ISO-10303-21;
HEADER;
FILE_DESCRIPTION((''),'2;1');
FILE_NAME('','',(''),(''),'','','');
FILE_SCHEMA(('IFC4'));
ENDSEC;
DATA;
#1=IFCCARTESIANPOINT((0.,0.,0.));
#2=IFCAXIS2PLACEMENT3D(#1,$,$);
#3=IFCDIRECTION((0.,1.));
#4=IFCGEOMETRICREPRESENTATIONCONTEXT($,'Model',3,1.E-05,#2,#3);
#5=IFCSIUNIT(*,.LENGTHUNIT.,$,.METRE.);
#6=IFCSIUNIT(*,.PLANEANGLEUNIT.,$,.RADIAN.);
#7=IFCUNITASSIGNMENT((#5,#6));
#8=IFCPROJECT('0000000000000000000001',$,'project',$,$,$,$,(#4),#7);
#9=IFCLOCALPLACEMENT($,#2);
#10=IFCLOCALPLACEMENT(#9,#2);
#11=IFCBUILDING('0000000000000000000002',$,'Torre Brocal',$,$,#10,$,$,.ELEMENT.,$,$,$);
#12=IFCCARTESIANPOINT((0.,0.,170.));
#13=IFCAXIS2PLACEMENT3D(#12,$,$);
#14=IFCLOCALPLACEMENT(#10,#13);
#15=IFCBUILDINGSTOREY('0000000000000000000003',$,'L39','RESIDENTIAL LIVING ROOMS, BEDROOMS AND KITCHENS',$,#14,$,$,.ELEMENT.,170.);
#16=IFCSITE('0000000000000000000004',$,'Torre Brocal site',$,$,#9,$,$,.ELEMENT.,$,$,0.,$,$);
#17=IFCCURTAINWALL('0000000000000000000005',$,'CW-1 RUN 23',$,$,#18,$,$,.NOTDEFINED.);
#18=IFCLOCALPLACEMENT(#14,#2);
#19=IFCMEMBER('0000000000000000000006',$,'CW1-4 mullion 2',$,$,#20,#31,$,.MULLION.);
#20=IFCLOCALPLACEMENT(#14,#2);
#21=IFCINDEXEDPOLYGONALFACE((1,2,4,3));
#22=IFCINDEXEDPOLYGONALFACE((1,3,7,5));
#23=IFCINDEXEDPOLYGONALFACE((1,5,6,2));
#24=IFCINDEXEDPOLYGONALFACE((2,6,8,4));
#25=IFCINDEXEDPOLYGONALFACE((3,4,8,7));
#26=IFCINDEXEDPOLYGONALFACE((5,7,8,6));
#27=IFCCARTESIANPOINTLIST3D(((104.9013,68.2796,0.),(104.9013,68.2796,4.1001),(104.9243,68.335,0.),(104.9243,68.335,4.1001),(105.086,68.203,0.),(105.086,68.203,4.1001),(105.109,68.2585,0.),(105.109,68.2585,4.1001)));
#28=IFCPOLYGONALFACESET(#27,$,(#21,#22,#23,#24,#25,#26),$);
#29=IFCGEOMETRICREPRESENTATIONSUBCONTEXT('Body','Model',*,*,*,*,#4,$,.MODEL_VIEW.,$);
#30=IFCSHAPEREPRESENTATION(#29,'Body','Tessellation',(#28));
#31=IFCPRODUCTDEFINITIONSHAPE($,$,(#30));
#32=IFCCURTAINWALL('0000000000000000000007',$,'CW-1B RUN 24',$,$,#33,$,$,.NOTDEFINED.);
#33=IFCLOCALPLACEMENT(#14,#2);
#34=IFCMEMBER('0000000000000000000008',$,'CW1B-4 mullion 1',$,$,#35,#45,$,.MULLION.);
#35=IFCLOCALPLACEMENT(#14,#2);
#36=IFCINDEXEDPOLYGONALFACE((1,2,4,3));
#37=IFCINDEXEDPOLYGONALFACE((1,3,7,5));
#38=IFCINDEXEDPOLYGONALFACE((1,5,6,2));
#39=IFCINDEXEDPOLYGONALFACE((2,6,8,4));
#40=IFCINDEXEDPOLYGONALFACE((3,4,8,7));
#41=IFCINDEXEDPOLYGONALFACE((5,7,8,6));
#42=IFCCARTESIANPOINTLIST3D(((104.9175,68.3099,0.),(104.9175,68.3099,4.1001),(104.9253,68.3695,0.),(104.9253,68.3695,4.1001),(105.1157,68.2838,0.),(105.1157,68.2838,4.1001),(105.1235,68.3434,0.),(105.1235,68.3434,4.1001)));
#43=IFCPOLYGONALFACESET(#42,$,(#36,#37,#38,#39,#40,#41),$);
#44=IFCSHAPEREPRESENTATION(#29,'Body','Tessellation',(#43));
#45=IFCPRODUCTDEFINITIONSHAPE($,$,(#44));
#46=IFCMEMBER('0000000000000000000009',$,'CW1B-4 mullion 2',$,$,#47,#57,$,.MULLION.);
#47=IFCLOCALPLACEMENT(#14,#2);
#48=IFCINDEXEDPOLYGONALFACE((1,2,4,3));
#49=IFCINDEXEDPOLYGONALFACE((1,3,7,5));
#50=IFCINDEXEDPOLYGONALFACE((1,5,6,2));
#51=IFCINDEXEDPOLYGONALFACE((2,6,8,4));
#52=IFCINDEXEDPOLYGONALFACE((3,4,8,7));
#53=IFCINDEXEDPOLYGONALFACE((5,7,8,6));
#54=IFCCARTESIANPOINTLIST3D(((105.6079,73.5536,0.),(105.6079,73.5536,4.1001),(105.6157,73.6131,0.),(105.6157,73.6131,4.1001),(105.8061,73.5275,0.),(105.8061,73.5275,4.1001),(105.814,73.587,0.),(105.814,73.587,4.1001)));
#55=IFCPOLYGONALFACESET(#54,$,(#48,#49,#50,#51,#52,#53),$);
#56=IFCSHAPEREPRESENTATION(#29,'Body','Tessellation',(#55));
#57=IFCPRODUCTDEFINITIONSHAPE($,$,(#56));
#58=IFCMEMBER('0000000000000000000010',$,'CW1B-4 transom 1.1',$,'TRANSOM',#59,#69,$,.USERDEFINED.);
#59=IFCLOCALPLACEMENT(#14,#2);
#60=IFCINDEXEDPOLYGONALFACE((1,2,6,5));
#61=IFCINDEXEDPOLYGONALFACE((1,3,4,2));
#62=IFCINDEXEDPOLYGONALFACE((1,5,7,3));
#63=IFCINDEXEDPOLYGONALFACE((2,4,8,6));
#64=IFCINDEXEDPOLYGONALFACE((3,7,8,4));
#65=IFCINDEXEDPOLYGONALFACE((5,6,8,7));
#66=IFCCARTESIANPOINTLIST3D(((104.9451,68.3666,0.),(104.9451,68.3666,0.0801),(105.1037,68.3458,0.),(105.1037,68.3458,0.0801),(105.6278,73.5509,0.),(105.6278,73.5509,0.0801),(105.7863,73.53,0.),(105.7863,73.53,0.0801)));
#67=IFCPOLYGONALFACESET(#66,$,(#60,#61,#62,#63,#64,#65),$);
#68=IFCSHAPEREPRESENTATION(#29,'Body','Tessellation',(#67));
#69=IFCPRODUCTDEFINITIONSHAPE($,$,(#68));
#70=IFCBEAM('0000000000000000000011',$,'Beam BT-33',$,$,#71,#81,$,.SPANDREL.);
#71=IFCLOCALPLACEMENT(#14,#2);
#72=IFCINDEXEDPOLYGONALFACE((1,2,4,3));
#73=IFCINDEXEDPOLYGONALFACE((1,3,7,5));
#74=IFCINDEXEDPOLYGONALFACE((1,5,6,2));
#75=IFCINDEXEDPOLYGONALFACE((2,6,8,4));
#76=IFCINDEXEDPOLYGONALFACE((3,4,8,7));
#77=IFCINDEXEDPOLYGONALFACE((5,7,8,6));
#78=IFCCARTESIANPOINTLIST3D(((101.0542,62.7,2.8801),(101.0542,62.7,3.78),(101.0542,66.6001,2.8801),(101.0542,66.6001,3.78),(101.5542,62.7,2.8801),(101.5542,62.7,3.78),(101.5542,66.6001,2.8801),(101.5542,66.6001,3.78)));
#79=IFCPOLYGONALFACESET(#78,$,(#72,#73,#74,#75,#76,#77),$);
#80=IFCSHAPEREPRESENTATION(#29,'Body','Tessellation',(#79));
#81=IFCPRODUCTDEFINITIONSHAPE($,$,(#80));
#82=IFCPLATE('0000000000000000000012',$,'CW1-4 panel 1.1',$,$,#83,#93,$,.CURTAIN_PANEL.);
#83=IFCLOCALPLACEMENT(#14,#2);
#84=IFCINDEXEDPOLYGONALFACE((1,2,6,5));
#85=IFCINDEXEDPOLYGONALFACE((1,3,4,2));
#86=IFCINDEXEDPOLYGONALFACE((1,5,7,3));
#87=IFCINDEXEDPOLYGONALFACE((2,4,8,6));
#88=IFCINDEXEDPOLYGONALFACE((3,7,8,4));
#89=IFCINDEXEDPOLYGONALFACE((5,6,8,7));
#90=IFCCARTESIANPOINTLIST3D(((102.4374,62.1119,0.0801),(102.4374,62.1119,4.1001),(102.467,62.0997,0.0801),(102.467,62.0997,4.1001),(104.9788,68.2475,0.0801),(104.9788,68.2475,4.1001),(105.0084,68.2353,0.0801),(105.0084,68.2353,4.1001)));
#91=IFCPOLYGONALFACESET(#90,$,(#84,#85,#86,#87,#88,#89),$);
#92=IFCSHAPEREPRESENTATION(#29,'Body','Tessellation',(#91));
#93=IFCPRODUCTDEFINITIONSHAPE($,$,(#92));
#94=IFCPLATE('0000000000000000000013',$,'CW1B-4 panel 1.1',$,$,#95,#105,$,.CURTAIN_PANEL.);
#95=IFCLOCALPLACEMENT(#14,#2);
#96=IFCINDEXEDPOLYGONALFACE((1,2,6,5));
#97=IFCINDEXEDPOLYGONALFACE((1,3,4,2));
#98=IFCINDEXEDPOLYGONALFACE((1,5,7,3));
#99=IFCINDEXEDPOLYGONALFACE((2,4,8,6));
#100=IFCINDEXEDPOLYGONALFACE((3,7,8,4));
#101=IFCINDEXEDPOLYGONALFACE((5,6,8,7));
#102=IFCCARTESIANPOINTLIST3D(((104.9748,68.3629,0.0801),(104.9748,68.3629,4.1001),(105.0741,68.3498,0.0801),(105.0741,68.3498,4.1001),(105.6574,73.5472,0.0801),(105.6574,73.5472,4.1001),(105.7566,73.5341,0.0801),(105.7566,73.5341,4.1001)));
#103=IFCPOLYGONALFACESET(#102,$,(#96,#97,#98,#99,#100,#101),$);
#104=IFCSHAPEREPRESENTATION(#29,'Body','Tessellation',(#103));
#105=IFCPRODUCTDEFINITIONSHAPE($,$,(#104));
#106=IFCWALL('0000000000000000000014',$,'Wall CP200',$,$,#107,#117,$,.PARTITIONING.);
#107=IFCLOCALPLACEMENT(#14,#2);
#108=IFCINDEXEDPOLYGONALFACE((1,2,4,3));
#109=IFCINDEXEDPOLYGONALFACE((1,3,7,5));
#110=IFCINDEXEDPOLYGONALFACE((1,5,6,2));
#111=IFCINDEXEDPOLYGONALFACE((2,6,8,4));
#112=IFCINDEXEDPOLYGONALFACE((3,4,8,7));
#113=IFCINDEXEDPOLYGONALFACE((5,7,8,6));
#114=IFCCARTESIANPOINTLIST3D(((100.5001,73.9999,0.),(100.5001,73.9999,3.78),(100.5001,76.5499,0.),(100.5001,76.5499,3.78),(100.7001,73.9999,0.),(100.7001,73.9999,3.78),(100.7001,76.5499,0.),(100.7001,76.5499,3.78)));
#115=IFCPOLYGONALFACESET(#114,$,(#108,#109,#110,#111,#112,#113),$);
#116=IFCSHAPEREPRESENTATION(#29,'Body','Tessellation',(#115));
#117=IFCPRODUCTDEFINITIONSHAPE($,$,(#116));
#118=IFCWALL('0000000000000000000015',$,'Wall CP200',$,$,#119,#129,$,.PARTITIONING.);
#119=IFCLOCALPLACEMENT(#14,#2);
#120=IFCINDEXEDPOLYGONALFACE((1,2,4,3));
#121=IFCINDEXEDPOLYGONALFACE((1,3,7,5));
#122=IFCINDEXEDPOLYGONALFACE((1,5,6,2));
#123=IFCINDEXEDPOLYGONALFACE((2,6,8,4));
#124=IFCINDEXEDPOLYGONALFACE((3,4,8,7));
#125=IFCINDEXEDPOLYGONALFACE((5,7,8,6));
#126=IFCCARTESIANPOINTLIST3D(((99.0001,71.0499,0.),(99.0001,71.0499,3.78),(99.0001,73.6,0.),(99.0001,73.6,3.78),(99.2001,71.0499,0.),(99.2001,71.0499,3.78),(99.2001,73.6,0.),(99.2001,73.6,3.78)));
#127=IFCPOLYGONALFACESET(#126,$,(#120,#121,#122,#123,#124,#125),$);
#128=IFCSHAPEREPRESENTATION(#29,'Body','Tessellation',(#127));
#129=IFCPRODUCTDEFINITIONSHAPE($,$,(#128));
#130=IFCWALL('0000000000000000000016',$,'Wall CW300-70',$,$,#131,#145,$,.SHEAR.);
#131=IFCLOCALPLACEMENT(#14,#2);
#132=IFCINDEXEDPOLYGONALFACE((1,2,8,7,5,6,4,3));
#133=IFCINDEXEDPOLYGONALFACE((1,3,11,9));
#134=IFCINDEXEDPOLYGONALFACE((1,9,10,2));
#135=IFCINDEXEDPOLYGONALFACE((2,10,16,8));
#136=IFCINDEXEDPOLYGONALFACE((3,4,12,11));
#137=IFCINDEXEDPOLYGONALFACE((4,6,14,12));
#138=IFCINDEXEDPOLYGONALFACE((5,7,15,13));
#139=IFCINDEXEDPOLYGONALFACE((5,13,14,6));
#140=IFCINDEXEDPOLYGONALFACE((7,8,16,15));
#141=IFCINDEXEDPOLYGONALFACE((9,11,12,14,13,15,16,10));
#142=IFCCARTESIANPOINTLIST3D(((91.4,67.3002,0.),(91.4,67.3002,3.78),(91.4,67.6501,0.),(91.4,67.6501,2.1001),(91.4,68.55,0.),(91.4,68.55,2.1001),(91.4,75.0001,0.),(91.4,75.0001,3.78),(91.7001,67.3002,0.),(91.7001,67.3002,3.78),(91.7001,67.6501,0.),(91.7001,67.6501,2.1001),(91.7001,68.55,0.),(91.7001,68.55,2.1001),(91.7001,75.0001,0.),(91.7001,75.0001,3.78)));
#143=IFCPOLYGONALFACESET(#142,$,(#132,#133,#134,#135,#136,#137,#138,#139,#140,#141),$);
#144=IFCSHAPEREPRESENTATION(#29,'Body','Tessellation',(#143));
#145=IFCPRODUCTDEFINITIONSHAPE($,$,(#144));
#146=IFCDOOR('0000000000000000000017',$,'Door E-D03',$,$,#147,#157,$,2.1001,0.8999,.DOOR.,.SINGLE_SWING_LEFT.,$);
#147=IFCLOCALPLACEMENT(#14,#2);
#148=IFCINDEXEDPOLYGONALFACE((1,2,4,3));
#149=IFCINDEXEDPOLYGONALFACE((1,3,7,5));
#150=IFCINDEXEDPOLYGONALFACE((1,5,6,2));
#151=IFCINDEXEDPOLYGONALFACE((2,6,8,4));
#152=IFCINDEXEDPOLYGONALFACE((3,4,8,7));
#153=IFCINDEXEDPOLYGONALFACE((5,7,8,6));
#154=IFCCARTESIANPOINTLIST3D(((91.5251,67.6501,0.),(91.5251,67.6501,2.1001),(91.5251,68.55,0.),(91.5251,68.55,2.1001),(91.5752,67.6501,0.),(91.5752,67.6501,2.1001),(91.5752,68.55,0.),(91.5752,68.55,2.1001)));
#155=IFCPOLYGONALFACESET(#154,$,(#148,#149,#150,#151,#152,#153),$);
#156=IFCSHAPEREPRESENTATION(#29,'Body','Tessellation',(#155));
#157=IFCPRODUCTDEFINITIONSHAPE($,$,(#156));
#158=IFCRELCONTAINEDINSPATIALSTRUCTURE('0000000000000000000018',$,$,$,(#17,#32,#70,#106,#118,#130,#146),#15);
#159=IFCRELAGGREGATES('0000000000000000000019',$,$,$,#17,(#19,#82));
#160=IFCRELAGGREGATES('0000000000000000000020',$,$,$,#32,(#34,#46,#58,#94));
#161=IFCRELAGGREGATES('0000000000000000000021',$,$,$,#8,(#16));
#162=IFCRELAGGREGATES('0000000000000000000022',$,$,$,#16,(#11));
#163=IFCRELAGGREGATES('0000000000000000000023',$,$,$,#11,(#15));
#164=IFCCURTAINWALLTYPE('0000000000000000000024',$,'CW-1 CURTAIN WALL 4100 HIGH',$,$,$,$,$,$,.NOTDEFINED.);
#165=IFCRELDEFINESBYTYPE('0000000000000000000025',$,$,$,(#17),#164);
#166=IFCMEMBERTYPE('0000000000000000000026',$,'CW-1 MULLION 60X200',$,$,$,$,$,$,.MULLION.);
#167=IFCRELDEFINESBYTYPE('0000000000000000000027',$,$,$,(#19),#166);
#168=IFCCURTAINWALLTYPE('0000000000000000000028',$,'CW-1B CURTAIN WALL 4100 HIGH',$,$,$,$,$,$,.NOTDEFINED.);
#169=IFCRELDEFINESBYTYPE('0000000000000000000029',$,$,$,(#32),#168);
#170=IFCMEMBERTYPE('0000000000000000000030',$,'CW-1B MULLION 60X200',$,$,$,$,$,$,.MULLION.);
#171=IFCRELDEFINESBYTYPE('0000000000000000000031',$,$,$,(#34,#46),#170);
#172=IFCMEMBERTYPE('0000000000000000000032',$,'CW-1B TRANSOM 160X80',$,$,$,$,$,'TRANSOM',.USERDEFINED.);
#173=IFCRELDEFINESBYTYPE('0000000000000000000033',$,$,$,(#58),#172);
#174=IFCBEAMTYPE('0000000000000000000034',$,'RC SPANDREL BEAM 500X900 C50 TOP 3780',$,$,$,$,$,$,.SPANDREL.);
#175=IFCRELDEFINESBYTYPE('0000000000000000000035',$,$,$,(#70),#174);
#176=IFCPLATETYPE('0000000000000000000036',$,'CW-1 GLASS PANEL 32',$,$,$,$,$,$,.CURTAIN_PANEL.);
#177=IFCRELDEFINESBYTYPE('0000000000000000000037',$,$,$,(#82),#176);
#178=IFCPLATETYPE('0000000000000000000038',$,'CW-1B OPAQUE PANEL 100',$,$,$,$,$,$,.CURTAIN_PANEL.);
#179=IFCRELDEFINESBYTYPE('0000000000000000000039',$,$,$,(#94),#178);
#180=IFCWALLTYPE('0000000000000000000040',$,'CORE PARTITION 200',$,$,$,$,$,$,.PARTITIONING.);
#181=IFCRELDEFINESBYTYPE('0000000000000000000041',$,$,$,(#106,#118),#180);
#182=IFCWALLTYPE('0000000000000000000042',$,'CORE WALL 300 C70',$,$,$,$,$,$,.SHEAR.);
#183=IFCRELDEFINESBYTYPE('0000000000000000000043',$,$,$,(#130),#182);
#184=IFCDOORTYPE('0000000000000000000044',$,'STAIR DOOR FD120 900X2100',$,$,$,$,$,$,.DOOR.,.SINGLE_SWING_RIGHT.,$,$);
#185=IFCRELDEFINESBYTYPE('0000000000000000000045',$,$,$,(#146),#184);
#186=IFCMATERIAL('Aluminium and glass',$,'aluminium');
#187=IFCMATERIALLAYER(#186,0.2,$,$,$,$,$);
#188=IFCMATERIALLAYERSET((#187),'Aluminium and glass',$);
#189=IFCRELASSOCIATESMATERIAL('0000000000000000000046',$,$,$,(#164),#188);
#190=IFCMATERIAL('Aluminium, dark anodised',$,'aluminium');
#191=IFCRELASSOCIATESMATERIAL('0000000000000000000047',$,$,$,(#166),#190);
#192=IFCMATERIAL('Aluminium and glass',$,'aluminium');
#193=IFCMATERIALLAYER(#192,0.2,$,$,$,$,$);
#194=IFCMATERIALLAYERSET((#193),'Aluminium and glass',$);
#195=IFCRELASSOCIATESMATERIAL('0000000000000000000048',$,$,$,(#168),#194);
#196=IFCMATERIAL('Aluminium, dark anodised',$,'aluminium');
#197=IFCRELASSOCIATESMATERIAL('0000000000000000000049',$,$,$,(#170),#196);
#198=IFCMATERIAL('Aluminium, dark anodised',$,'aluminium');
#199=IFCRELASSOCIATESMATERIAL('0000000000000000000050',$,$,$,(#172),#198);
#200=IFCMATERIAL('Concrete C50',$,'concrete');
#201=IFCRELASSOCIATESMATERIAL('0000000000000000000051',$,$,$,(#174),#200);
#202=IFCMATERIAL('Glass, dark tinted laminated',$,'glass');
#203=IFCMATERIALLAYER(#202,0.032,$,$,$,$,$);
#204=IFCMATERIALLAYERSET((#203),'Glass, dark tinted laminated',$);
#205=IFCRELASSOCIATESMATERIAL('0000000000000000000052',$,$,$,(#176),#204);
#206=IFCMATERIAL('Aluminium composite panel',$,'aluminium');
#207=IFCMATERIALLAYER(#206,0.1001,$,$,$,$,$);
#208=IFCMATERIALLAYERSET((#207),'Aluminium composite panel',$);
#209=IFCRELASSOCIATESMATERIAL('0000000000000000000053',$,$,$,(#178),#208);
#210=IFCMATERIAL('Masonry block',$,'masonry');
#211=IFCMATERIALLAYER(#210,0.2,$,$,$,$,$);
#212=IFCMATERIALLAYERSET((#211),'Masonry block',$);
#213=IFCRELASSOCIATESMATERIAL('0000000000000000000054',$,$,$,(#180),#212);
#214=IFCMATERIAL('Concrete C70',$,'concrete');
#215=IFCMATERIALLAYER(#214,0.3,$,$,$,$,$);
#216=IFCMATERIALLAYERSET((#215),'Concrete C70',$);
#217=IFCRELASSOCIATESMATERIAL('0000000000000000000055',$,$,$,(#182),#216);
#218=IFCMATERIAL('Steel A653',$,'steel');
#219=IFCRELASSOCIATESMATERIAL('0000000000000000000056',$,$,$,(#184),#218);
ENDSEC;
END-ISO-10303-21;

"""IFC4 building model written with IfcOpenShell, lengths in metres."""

from ifc_helpers import new_model, si_unit, direction, frame, frame_2d, origin, origin_2d, place, context, subcontext, project, spatial, rectangle, extrude, material, layer, layer_set, material_profile, profile_set, type_object, element, fill, aggregate, save


model = new_model("IFC4")

# Units and contexts
model_context = context("Model", 3, precision=1e-05, world=origin(), true_north=direction((0.0, 1.0)))
body_context = subcontext(model_context, "Body", "Model", "MODEL_VIEW")
ifc_project = project(units=[si_unit("LENGTHUNIT", "METRE"), si_unit("PLANEANGLEUNIT", "RADIAN")], contexts=[model_context])

# Site, building, storey
site_placement = place(None, origin())
site = spatial("IfcSite", under=ifc_project, at=site_placement, Name="Torre Brocal site", CompositionType="ELEMENT", RefElevation=0.0)
building_placement = place(site_placement, origin())
building = spatial("IfcBuilding", under=site, at=building_placement, Name="Torre Brocal", CompositionType="ELEMENT")
storey_placement = place(building_placement, frame((0.0, 0.0, 170.0)))
storey = spatial("IfcBuildingStorey", under=building, at=storey_placement, Name="L39", Description="RESIDENTIAL LIVING ROOMS, BEDROOMS AND KITCHENS", CompositionType="ELEMENT", Elevation=170.0)

# Curtain wall, member
ifc_material_1 = material(Name="Aluminium and glass", Category="aluminium")
ifc_layer_1 = layer(ifc_material_1, 0.2)
ifc_layer_set_1 = layer_set([ifc_layer_1], Name="Aluminium and glass")
curtain_wall_type_1 = type_object("IfcCurtainWallType", Name="CW-1 CURTAIN WALL 4100 HIGH", PredefinedType="NOTDEFINED", material=ifc_layer_set_1)
curtain_wall_1_placement = place(storey_placement, origin())
curtain_wall_1 = element("IfcCurtainWall", 1, at=curtain_wall_1_placement, inside=storey, type_object=curtain_wall_type_1, Name="CW-1 RUN 23", PredefinedType="NOTDEFINED")
ifc_material_2 = material(Name="Aluminium, dark anodised", Category="aluminium")
ifc_material_profile_1 = material_profile(ifc_material_2, rectangle(XDim=0.2, YDim=0.0601, at=origin_2d()), Name="CW-1 MULLION 60X200")
ifc_profile_set_1 = profile_set([ifc_material_profile_1], Name="Aluminium, dark anodised")
member_type_1 = type_object("IfcMemberType", Name="CW-1 MULLION 60X200", PredefinedType="MULLION", material=ifc_profile_set_1)
member_1_placement = place(storey_placement, frame((105.0051, 68.269, 0.0), z_axis=(0.0, 0.0, 1.0), x_axis=(-0.92388, 0.382683, 0.0)))
member_1 = element("IfcMember", 2, at=member_1_placement, type_object=member_type_1, Name="CW1-4 mullion 2", PredefinedType="MULLION", context=body_context, shape_type="SweptSolid", body=[
    extrude(rectangle(XDim=0.2, YDim=0.0601, at=origin_2d()), origin(), (0.0, 0.0, 1.0), 4.1001),
])

# Curtain wall, members
ifc_material_3 = material(Name="Aluminium and glass", Category="aluminium")
ifc_layer_2 = layer(ifc_material_3, 0.2)
ifc_layer_set_2 = layer_set([ifc_layer_2], Name="Aluminium and glass")
curtain_wall_type_2 = type_object("IfcCurtainWallType", Name="CW-1B CURTAIN WALL 4100 HIGH", PredefinedType="NOTDEFINED", material=ifc_layer_set_2)
curtain_wall_2_placement = place(storey_placement, origin())
curtain_wall_2 = element("IfcCurtainWall", 3, at=curtain_wall_2_placement, inside=storey, type_object=curtain_wall_type_2, Name="CW-1B RUN 24", PredefinedType="NOTDEFINED")
ifc_material_4 = material(Name="Aluminium, dark anodised", Category="aluminium")
ifc_material_profile_2 = material_profile(ifc_material_4, rectangle(XDim=0.2, YDim=0.0601, at=origin_2d()), Name="CW-1B MULLION 60X200")
ifc_profile_set_2 = profile_set([ifc_material_profile_2], Name="Aluminium, dark anodised")
member_type_2 = type_object("IfcMemberType", Name="CW-1B MULLION 60X200", PredefinedType="MULLION", material=ifc_profile_set_2)
member_2_placement = place(storey_placement, frame((105.0205, 68.3267, 0.0), z_axis=(0.0, 0.0, 1.0), x_axis=(-0.991445, 0.130526, 0.0)))
member_2 = element("IfcMember", 4, at=member_2_placement, type_object=member_type_2, Name="CW1B-4 mullion 1", PredefinedType="MULLION", context=body_context, shape_type="SweptSolid", body=[
    extrude(rectangle(XDim=0.2, YDim=0.0601, at=origin_2d()), origin(), (0.0, 0.0, 1.0), 4.1001),
])
member_3_placement = place(storey_placement, frame((105.7109, 73.5703, 0.0), z_axis=(0.0, 0.0, 1.0), x_axis=(-0.991445, 0.130526, 0.0)))
member_3 = element("IfcMember", 5, at=member_3_placement, type_object=member_type_2, Name="CW1B-4 mullion 2", PredefinedType="MULLION", context=body_context, shape_type="SweptSolid", body=[
    extrude(rectangle(XDim=0.2, YDim=0.0601, at=origin_2d()), origin(), (0.0, 0.0, 1.0), 4.1001),
])
ifc_material_5 = material(Name="Aluminium, dark anodised", Category="aluminium")
ifc_material_profile_3 = material_profile(ifc_material_5, rectangle(XDim=0.1599, YDim=0.0801, at=origin_2d()), Name="CW-1B TRANSOM 160X80")
ifc_profile_set_3 = profile_set([ifc_material_profile_3], Name="Aluminium, dark anodised")
member_type_3 = type_object("IfcMemberType", Name="CW-1B TRANSOM 160X80", ElementType="TRANSOM", PredefinedType="USERDEFINED", material=ifc_profile_set_3)
member_4_placement = place(storey_placement, frame((105.0244, 68.3562, 0.04), z_axis=(0.130543, 0.991443, 0.0), x_axis=(-0.991443, 0.130543, 0.0)))
member_4 = element("IfcMember", 6, at=member_4_placement, type_object=member_type_3, Name="CW1B-4 transom 1.1", ObjectType="TRANSOM", PredefinedType="USERDEFINED", context=body_context, shape_type="SweptSolid", body=[
    extrude(rectangle(XDim=0.1599, YDim=0.0801, at=origin_2d()), origin(), (0.0, 0.0, 1.0), 5.229),
])

# Beam
ifc_material_6 = material(Name="Concrete C50", Category="concrete")
ifc_material_profile_4 = material_profile(ifc_material_6, rectangle(XDim=0.5, YDim=0.8999, at=origin_2d()), Name="RC 500X900")
ifc_profile_set_4 = profile_set([ifc_material_profile_4], Name="Concrete C50")
beam_type = type_object("IfcBeamType", Name="RC SPANDREL BEAM 500X900 C50 TOP 3780", PredefinedType="SPANDREL", material=ifc_profile_set_4)
beam_placement = place(storey_placement, frame((101.3042, 62.7, 3.3301), z_axis=(0.0, 1.0, 0.0), x_axis=(-1.0, 0.0, 0.0)))
element("IfcBeam", 7, at=beam_placement, inside=storey, type_object=beam_type, Name="Beam BT-33", PredefinedType="SPANDREL", context=body_context, shape_type="SweptSolid", body=[
    extrude(rectangle(XDim=0.5, YDim=0.8999, at=origin_2d()), origin(), (0.0, 0.0, 1.0), 3.9001),
])

# Plates
ifc_material_7 = material(Name="Glass, dark tinted laminated", Category="glass")
ifc_layer_3 = layer(ifc_material_7, 0.032)
ifc_layer_set_3 = layer_set([ifc_layer_3], Name="Glass, dark tinted laminated")
plate_type_1 = type_object("IfcPlateType", Name="CW-1 GLASS PANEL 32", PredefinedType="CURTAIN_PANEL", material=ifc_layer_set_3)
plate_1_placement = place(storey_placement, frame((103.7229, 65.1736, 0.0801), z_axis=(0.0, 0.0, 1.0), x_axis=(0.382683, 0.92388, 0.0)))
plate_1 = element("IfcPlate", 8, at=plate_1_placement, type_object=plate_type_1, Name="CW1-4 panel 1.1", PredefinedType="CURTAIN_PANEL", context=body_context, shape_type="SweptSolid", body=[
    extrude(rectangle(XDim=6.6411, YDim=0.032, at=origin_2d()), origin(), (0.0, 0.0, 1.0), 4.02),
])
aggregate(curtain_wall_1, [member_1, plate_1])
ifc_material_8 = material(Name="Aluminium composite panel", Category="aluminium")
ifc_layer_4 = layer(ifc_material_8, 0.1001)
ifc_layer_set_4 = layer_set([ifc_layer_4], Name="Aluminium composite panel")
plate_type_2 = type_object("IfcPlateType", Name="CW-1B OPAQUE PANEL 100", PredefinedType="CURTAIN_PANEL", material=ifc_layer_set_4)
plate_2_placement = place(storey_placement, frame((105.3657, 70.9485, 0.0801), z_axis=(0.0, 0.0, 1.0), x_axis=(0.130526, 0.991445, 0.0)))
plate_2 = element("IfcPlate", 9, at=plate_2_placement, type_object=plate_type_2, Name="CW1B-4 panel 1.1", PredefinedType="CURTAIN_PANEL", context=body_context, shape_type="SweptSolid", body=[
    extrude(rectangle(XDim=5.229, YDim=0.1001, at=origin_2d()), origin(), (0.0, 0.0, 1.0), 4.02),
])
aggregate(curtain_wall_2, [member_2, member_3, member_4, plate_2])

# Walls
ifc_material_9 = material(Name="Masonry block", Category="masonry")
ifc_layer_5 = layer(ifc_material_9, 0.2)
ifc_layer_set_5 = layer_set([ifc_layer_5], Name="Masonry block")
wall_type_1 = type_object("IfcWallType", Name="CORE PARTITION 200", PredefinedType="PARTITIONING", material=ifc_layer_set_5)
for number, where, z_axis, x_axis, name in (
    (10, (100.6001, 74.0, 0.0), (0.0, 0.0, 1.0), (0.0, 1.0, 0.0), "Wall CP200"),
    (11, (99.1001, 71.05, 0.0), (0.0, 0.0, 1.0), (0.0, 1.0, 0.0), "Wall CP200"),
):
    element("IfcWall", number, at=place(storey_placement, frame(where, z_axis=z_axis, x_axis=x_axis)), inside=storey, type_object=wall_type_1, Name=name, PredefinedType="PARTITIONING", context=body_context, shape_type="SweptSolid", body=[
        extrude(rectangle(XDim=2.55, YDim=0.2, at=frame_2d((1.2749, 0.0))), origin(), (0.0, 0.0, 1.0), 3.78),
    ])

# Wall, opening, door
ifc_material_10 = material(Name="Concrete C70", Category="concrete")
ifc_layer_6 = layer(ifc_material_10, 0.3)
ifc_layer_set_6 = layer_set([ifc_layer_6], Name="Concrete C70")
wall_type_2 = type_object("IfcWallType", Name="CORE WALL 300 C70", PredefinedType="SHEAR", material=ifc_layer_set_6)
wall_1_placement = place(storey_placement, frame((91.55, 67.3, 0.0), z_axis=(0.0, 0.0, 1.0), x_axis=(0.0, 1.0, 0.0)))
wall_1 = element("IfcWall", 12, at=wall_1_placement, inside=storey, type_object=wall_type_2, Name="Wall CW300-70", PredefinedType="SHEAR", context=body_context, shape_type="SweptSolid", body=[
    extrude(rectangle(XDim=7.7, YDim=0.3, at=frame_2d((3.8501, 0.0))), origin(), (0.0, 0.0, 1.0), 3.78),
])
opening_1_placement = place(wall_1_placement, frame((0.3501, 0.0, 0.0)))
opening_1 = element("IfcOpeningElement", 13, at=opening_1_placement, cuts=wall_1, PredefinedType="OPENING", context=body_context, shape_type="SweptSolid", body=[
    extrude(rectangle(XDim=0.8999, YDim=2.1001, at=frame_2d((0.45, 1.05))), frame((0.0, 0.1599, 0.0), z_axis=(0.0, -1.0, 0.0), x_axis=(1.0, 0.0, 0.0)), (0.0, 0.0, 1.0), 0.3201),
])
ifc_material_11 = material(Name="Steel A653", Category="steel")
door_type_1 = type_object("IfcDoorType", Name="STAIR DOOR FD120 900X2100", OperationType="SINGLE_SWING_RIGHT", PredefinedType="DOOR", material=ifc_material_11)
door_1_placement = place(opening_1_placement, origin())
door_1 = element("IfcDoor", 14, at=door_1_placement, inside=storey, type_object=door_type_1, Name="Door E-D03", OperationType="SINGLE_SWING_LEFT", OverallHeight=2.1001, OverallWidth=0.8999, PredefinedType="DOOR", context=body_context, shape_type="SweptSolid", body=[
    extrude(rectangle(XDim=0.8999, YDim=2.1001, at=frame_2d((0.45, 1.05))), frame((0.0, 0.0249, 0.0), z_axis=(0.0, -1.0, 0.0), x_axis=(1.0, 0.0, 0.0)), (0.0, 0.0, 1.0), 0.05),
])
fill(opening_1, door_1)

save(model, "model.ifc")
